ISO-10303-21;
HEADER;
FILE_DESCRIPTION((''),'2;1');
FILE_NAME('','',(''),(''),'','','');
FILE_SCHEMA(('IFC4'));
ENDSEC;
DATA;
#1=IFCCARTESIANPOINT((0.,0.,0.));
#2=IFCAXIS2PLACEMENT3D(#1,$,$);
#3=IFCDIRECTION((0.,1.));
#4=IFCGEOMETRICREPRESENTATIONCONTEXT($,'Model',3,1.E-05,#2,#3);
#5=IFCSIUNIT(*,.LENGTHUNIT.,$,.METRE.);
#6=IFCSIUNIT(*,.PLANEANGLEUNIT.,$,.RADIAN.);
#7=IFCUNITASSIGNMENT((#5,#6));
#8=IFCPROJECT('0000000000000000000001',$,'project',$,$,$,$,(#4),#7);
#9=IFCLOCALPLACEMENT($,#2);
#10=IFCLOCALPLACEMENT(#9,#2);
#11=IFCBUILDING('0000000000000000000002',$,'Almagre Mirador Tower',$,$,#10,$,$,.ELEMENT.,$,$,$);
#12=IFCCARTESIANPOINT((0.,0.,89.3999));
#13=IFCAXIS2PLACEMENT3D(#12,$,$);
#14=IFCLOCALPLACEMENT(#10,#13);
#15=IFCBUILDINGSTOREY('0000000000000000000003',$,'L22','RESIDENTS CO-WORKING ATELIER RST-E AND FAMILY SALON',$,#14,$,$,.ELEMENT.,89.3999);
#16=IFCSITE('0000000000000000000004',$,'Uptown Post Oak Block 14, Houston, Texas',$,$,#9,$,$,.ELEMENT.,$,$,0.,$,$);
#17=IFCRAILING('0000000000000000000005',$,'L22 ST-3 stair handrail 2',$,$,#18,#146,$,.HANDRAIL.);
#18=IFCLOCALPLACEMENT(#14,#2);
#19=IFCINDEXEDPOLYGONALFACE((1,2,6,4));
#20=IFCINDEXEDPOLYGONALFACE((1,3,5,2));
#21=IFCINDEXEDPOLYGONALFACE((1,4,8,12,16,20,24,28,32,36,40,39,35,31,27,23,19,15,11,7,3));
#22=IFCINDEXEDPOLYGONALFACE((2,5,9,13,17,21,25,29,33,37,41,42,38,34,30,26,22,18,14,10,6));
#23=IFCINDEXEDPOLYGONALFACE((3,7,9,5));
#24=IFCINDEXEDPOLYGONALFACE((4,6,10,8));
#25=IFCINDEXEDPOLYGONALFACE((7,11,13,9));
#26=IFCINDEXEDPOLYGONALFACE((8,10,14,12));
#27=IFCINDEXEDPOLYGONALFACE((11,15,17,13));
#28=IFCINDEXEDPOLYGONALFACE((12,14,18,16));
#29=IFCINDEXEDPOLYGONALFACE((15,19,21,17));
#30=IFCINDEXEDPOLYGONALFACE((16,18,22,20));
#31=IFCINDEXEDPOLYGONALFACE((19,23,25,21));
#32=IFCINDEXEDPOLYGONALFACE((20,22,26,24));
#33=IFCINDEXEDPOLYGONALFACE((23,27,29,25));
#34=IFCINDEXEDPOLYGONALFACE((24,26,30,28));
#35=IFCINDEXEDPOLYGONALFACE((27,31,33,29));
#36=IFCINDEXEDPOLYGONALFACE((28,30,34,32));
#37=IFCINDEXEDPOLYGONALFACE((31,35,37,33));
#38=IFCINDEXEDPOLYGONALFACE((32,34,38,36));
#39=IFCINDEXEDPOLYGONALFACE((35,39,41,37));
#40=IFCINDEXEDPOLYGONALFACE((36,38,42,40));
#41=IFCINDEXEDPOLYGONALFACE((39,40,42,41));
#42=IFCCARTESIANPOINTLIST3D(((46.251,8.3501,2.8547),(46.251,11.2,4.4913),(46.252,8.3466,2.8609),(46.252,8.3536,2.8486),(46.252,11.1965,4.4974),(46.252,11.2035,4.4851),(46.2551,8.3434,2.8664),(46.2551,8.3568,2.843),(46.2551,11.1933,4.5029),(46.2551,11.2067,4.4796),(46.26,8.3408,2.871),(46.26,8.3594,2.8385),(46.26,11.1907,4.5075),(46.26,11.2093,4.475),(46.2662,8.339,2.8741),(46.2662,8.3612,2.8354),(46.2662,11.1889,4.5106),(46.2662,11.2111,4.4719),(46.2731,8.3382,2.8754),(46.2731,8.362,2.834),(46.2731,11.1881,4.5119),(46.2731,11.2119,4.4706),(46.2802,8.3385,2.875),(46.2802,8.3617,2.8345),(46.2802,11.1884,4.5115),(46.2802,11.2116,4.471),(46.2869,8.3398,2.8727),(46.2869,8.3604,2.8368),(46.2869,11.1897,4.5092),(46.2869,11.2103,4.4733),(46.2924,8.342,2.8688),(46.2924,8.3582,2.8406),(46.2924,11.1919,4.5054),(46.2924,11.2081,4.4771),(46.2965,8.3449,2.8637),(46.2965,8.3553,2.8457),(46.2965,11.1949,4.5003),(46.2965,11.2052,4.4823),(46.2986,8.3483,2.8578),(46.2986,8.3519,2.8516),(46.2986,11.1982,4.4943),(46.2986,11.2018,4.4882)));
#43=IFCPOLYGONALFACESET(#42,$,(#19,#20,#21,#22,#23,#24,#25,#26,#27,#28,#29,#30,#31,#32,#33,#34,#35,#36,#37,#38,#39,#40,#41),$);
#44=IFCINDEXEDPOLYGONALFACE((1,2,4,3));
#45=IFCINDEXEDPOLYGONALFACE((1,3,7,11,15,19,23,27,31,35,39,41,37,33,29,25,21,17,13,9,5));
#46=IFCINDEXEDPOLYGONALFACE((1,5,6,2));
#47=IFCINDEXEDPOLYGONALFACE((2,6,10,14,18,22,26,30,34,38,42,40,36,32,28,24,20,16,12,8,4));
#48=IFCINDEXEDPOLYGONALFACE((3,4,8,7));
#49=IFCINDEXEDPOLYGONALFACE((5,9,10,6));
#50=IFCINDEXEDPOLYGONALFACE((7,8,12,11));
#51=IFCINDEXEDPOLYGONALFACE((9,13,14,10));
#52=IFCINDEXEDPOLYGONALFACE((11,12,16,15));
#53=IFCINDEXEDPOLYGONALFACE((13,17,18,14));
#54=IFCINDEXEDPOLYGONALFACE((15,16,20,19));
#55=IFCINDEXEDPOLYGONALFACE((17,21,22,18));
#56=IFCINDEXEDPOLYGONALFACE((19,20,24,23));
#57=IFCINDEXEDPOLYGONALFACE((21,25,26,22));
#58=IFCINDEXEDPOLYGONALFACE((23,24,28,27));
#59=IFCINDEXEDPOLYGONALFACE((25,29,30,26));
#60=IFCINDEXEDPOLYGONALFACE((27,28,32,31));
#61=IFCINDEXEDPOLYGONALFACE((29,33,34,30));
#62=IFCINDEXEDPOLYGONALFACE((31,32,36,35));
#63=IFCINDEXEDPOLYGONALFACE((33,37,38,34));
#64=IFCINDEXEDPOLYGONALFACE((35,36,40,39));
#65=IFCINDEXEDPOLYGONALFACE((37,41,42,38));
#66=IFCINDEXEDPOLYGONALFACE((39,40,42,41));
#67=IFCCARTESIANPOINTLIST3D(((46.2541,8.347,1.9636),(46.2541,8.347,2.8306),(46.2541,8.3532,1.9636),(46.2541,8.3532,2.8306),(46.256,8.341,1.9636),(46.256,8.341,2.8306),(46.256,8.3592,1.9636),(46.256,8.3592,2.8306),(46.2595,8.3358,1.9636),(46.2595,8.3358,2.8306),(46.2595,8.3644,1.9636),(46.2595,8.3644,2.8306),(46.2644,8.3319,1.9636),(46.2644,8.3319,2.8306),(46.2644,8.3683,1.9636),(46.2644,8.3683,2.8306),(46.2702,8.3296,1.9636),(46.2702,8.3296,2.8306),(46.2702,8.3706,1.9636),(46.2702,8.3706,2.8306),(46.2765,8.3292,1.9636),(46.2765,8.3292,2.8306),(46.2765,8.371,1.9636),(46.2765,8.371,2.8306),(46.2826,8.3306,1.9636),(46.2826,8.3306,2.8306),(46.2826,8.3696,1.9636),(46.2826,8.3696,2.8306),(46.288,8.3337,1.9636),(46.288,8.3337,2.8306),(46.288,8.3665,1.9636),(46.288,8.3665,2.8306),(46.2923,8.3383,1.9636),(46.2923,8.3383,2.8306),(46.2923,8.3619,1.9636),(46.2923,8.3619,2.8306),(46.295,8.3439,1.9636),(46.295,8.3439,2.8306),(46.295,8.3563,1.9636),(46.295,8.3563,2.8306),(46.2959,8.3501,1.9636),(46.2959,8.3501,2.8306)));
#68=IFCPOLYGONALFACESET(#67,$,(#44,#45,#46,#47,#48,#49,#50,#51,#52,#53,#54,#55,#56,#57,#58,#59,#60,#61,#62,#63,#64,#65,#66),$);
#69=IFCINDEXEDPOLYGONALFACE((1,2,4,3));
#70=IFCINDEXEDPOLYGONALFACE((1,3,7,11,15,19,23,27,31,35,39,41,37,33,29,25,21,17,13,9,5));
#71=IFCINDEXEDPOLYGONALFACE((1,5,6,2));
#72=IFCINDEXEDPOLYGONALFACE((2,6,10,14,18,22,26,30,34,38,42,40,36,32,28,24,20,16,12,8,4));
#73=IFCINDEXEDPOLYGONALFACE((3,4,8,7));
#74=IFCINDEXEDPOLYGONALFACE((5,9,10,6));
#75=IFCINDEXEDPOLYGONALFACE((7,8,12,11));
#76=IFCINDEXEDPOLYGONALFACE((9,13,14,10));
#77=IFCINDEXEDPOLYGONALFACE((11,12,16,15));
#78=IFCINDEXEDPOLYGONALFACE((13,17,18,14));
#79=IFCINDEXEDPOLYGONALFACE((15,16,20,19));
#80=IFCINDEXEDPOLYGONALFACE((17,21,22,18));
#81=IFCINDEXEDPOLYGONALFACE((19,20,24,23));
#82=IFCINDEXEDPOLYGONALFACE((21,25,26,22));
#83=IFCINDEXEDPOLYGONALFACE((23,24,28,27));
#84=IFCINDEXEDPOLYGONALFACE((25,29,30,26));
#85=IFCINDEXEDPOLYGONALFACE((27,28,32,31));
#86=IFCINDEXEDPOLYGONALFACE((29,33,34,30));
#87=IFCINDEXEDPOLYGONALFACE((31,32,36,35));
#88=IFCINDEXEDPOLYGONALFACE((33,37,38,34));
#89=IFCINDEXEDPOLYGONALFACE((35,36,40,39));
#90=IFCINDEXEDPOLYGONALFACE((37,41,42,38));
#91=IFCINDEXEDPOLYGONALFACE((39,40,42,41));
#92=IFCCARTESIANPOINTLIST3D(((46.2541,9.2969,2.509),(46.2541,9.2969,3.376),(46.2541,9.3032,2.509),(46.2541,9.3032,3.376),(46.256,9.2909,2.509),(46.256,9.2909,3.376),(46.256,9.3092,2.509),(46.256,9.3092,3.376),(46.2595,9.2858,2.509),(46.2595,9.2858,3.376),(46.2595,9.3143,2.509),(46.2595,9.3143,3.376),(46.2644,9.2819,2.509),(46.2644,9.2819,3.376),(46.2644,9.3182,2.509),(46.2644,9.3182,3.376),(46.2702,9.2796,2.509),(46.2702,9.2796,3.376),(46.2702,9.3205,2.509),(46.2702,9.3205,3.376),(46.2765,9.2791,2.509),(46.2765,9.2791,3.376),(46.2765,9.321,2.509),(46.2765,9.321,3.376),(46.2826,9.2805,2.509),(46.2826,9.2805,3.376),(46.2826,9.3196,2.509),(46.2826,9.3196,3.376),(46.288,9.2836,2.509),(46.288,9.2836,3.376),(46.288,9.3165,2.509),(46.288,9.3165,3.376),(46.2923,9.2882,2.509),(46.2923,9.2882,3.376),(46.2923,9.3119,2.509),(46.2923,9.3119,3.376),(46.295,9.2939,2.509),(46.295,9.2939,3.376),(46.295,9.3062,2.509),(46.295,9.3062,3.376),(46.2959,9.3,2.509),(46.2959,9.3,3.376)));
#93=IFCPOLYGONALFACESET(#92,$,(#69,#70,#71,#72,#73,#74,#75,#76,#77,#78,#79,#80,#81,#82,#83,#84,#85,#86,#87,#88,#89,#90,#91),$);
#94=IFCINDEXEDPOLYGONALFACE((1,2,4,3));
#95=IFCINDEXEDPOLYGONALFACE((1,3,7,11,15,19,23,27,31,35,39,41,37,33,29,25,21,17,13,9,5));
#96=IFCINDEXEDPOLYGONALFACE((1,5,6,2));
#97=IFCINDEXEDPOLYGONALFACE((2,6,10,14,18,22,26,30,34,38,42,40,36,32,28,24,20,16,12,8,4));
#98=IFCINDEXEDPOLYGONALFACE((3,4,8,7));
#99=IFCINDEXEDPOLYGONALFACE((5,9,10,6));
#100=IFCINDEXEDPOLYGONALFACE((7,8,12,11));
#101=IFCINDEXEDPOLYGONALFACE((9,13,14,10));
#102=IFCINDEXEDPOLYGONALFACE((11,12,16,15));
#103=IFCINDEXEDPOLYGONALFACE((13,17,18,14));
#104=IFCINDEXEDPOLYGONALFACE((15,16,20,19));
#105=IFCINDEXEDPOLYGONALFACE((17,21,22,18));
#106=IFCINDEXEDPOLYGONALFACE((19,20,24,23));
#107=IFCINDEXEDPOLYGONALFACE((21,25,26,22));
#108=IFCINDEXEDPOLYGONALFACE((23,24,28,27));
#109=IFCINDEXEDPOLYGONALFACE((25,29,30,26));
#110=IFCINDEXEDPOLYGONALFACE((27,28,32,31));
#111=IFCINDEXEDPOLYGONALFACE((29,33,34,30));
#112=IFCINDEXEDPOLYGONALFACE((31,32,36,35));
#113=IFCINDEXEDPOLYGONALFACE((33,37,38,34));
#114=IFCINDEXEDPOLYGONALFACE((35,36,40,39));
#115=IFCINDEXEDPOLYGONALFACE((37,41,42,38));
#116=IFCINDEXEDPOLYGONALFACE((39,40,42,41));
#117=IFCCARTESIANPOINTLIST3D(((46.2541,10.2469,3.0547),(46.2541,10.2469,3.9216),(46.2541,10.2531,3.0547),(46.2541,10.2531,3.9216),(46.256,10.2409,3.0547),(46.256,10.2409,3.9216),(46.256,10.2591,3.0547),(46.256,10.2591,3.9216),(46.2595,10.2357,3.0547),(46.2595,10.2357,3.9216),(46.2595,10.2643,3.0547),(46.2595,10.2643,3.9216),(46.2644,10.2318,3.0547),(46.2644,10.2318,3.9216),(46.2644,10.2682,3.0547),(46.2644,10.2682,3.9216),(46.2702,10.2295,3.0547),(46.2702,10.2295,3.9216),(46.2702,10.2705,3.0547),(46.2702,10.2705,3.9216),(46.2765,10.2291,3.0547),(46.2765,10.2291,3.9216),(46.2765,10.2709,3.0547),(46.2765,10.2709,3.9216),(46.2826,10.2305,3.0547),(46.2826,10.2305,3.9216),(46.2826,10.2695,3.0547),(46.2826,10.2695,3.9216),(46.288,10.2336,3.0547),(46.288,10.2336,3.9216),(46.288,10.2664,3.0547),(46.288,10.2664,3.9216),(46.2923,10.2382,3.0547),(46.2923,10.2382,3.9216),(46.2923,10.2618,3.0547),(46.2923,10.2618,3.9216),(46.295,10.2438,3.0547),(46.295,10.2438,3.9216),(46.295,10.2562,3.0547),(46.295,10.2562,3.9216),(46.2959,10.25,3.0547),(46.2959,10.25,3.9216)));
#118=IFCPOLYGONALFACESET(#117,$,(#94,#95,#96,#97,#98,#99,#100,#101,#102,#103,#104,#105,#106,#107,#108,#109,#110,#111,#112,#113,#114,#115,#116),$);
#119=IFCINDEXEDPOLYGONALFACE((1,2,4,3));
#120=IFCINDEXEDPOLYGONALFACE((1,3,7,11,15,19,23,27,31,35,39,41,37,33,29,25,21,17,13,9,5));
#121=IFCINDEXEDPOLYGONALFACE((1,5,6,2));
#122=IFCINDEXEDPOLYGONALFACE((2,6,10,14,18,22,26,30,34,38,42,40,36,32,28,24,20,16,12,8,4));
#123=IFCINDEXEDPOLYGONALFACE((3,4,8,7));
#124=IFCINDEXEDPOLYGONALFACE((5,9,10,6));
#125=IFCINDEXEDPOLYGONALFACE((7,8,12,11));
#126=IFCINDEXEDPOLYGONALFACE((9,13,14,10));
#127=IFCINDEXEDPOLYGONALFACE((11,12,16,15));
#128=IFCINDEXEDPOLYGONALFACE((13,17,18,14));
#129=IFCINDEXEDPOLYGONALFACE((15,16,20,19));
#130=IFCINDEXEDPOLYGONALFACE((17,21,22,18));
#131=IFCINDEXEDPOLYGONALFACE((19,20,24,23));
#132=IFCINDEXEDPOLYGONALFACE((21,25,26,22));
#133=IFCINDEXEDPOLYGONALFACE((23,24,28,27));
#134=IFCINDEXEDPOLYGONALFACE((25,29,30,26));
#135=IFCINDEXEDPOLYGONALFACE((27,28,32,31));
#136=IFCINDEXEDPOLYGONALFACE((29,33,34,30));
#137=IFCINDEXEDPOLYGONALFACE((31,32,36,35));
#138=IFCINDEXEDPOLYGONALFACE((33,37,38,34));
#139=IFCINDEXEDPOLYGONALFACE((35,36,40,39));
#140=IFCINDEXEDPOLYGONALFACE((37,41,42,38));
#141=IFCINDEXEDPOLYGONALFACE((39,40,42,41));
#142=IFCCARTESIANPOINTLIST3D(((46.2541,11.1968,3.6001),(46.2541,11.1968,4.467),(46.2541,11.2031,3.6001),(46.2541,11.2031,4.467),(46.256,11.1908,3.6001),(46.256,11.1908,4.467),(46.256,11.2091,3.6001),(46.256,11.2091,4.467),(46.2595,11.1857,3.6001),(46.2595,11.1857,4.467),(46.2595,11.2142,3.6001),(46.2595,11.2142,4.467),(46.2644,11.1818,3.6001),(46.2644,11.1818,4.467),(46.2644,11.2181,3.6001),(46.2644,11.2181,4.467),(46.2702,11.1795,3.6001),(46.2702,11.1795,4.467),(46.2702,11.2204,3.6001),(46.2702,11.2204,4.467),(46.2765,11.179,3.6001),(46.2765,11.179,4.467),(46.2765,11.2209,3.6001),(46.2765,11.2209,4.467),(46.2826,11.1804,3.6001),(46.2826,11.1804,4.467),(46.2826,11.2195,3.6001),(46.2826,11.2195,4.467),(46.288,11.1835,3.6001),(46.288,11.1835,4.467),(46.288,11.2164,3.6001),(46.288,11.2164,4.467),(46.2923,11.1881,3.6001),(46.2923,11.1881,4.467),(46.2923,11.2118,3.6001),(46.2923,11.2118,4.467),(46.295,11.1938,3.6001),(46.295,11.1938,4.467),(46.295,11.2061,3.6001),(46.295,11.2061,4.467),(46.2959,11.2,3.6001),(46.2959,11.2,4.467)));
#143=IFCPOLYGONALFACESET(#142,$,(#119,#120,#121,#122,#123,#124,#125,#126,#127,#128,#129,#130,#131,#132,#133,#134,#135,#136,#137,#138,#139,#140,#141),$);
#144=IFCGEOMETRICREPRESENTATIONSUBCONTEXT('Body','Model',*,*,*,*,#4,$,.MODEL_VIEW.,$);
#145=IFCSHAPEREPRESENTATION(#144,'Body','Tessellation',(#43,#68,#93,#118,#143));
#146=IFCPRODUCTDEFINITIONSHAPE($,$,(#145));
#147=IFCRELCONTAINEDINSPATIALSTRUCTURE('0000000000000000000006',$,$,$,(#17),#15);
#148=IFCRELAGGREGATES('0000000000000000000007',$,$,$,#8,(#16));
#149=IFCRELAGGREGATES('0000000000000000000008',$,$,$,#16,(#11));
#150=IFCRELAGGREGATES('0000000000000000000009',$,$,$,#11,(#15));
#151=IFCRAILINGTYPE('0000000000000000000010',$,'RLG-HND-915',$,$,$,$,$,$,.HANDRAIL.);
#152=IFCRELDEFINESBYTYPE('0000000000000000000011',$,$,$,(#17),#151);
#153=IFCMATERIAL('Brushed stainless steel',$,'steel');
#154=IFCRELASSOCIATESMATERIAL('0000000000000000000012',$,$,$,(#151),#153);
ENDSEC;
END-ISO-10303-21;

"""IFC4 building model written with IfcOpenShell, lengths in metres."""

from ifc_helpers import new_model, si_unit, direction, frame, origin, origin_2d, place, context, subcontext, project, spatial, circle, extrude, material, type_object, element, save


model = new_model("IFC4")

# Units and contexts
model_context = context("Model", 3, precision=1e-05, world=origin(), true_north=direction((0.0, 1.0)))
body_context = subcontext(model_context, "Body", "Model", "MODEL_VIEW")
ifc_project = project(units=[si_unit("LENGTHUNIT", "METRE"), si_unit("PLANEANGLEUNIT", "RADIAN")], contexts=[model_context])

# Site, building, storey
site_placement = place(None, origin())
site = spatial("IfcSite", under=ifc_project, at=site_placement, Name="Uptown Post Oak Block 14, Houston, Texas", CompositionType="ELEMENT", RefElevation=0.0)
building_placement = place(site_placement, origin())
building = spatial("IfcBuilding", under=site, at=building_placement, Name="Almagre Mirador Tower", CompositionType="ELEMENT")
storey_placement = place(building_placement, frame((0.0, 0.0, 89.3999)))
storey = spatial("IfcBuildingStorey", under=building, at=storey_placement, Name="L22", Description="RESIDENTS CO-WORKING ATELIER RST-E AND FAMILY SALON", CompositionType="ELEMENT", Elevation=89.3999)

# Railing
ifc_material_1 = material(Name="Brushed stainless steel", Category="steel")
railing_type_1 = type_object("IfcRailingType", Name="RLG-HND-915", PredefinedType="HANDRAIL", material=ifc_material_1)
railing_1_placement = place(storey_placement, frame((46.2749, 8.3501, 1.9636)))
element("IfcRailing", 1, at=railing_1_placement, inside=storey, type_object=railing_type_1, Name="L22 ST-3 stair handrail 2", PredefinedType="HANDRAIL", context=body_context, shape_type="SweptSolid", body=[
    extrude(circle(Radius=0.0239, at=origin_2d()), frame((0.0, 0.0, 0.8911), z_axis=(0.0, 0.867194, 0.49797), x_axis=(-1.0, 0.0, 0.0)), (0.0, 0.0, 1.0), 3.2864),
    extrude(circle(Radius=0.021, at=origin_2d()), origin(), (0.0, 0.0, 1.0), 0.8669),
    extrude(circle(Radius=0.021, at=origin_2d()), frame((0.0, 0.95, 0.5454)), (0.0, 0.0, 1.0), 0.8669),
    extrude(circle(Radius=0.021, at=origin_2d()), frame((0.0, 1.8999, 1.0911)), (0.0, 0.0, 1.0), 0.8669),
    extrude(circle(Radius=0.021, at=origin_2d()), frame((0.0, 2.8499, 1.6365)), (0.0, 0.0, 1.0), 0.8669),
])

save(model, "model.ifc")
